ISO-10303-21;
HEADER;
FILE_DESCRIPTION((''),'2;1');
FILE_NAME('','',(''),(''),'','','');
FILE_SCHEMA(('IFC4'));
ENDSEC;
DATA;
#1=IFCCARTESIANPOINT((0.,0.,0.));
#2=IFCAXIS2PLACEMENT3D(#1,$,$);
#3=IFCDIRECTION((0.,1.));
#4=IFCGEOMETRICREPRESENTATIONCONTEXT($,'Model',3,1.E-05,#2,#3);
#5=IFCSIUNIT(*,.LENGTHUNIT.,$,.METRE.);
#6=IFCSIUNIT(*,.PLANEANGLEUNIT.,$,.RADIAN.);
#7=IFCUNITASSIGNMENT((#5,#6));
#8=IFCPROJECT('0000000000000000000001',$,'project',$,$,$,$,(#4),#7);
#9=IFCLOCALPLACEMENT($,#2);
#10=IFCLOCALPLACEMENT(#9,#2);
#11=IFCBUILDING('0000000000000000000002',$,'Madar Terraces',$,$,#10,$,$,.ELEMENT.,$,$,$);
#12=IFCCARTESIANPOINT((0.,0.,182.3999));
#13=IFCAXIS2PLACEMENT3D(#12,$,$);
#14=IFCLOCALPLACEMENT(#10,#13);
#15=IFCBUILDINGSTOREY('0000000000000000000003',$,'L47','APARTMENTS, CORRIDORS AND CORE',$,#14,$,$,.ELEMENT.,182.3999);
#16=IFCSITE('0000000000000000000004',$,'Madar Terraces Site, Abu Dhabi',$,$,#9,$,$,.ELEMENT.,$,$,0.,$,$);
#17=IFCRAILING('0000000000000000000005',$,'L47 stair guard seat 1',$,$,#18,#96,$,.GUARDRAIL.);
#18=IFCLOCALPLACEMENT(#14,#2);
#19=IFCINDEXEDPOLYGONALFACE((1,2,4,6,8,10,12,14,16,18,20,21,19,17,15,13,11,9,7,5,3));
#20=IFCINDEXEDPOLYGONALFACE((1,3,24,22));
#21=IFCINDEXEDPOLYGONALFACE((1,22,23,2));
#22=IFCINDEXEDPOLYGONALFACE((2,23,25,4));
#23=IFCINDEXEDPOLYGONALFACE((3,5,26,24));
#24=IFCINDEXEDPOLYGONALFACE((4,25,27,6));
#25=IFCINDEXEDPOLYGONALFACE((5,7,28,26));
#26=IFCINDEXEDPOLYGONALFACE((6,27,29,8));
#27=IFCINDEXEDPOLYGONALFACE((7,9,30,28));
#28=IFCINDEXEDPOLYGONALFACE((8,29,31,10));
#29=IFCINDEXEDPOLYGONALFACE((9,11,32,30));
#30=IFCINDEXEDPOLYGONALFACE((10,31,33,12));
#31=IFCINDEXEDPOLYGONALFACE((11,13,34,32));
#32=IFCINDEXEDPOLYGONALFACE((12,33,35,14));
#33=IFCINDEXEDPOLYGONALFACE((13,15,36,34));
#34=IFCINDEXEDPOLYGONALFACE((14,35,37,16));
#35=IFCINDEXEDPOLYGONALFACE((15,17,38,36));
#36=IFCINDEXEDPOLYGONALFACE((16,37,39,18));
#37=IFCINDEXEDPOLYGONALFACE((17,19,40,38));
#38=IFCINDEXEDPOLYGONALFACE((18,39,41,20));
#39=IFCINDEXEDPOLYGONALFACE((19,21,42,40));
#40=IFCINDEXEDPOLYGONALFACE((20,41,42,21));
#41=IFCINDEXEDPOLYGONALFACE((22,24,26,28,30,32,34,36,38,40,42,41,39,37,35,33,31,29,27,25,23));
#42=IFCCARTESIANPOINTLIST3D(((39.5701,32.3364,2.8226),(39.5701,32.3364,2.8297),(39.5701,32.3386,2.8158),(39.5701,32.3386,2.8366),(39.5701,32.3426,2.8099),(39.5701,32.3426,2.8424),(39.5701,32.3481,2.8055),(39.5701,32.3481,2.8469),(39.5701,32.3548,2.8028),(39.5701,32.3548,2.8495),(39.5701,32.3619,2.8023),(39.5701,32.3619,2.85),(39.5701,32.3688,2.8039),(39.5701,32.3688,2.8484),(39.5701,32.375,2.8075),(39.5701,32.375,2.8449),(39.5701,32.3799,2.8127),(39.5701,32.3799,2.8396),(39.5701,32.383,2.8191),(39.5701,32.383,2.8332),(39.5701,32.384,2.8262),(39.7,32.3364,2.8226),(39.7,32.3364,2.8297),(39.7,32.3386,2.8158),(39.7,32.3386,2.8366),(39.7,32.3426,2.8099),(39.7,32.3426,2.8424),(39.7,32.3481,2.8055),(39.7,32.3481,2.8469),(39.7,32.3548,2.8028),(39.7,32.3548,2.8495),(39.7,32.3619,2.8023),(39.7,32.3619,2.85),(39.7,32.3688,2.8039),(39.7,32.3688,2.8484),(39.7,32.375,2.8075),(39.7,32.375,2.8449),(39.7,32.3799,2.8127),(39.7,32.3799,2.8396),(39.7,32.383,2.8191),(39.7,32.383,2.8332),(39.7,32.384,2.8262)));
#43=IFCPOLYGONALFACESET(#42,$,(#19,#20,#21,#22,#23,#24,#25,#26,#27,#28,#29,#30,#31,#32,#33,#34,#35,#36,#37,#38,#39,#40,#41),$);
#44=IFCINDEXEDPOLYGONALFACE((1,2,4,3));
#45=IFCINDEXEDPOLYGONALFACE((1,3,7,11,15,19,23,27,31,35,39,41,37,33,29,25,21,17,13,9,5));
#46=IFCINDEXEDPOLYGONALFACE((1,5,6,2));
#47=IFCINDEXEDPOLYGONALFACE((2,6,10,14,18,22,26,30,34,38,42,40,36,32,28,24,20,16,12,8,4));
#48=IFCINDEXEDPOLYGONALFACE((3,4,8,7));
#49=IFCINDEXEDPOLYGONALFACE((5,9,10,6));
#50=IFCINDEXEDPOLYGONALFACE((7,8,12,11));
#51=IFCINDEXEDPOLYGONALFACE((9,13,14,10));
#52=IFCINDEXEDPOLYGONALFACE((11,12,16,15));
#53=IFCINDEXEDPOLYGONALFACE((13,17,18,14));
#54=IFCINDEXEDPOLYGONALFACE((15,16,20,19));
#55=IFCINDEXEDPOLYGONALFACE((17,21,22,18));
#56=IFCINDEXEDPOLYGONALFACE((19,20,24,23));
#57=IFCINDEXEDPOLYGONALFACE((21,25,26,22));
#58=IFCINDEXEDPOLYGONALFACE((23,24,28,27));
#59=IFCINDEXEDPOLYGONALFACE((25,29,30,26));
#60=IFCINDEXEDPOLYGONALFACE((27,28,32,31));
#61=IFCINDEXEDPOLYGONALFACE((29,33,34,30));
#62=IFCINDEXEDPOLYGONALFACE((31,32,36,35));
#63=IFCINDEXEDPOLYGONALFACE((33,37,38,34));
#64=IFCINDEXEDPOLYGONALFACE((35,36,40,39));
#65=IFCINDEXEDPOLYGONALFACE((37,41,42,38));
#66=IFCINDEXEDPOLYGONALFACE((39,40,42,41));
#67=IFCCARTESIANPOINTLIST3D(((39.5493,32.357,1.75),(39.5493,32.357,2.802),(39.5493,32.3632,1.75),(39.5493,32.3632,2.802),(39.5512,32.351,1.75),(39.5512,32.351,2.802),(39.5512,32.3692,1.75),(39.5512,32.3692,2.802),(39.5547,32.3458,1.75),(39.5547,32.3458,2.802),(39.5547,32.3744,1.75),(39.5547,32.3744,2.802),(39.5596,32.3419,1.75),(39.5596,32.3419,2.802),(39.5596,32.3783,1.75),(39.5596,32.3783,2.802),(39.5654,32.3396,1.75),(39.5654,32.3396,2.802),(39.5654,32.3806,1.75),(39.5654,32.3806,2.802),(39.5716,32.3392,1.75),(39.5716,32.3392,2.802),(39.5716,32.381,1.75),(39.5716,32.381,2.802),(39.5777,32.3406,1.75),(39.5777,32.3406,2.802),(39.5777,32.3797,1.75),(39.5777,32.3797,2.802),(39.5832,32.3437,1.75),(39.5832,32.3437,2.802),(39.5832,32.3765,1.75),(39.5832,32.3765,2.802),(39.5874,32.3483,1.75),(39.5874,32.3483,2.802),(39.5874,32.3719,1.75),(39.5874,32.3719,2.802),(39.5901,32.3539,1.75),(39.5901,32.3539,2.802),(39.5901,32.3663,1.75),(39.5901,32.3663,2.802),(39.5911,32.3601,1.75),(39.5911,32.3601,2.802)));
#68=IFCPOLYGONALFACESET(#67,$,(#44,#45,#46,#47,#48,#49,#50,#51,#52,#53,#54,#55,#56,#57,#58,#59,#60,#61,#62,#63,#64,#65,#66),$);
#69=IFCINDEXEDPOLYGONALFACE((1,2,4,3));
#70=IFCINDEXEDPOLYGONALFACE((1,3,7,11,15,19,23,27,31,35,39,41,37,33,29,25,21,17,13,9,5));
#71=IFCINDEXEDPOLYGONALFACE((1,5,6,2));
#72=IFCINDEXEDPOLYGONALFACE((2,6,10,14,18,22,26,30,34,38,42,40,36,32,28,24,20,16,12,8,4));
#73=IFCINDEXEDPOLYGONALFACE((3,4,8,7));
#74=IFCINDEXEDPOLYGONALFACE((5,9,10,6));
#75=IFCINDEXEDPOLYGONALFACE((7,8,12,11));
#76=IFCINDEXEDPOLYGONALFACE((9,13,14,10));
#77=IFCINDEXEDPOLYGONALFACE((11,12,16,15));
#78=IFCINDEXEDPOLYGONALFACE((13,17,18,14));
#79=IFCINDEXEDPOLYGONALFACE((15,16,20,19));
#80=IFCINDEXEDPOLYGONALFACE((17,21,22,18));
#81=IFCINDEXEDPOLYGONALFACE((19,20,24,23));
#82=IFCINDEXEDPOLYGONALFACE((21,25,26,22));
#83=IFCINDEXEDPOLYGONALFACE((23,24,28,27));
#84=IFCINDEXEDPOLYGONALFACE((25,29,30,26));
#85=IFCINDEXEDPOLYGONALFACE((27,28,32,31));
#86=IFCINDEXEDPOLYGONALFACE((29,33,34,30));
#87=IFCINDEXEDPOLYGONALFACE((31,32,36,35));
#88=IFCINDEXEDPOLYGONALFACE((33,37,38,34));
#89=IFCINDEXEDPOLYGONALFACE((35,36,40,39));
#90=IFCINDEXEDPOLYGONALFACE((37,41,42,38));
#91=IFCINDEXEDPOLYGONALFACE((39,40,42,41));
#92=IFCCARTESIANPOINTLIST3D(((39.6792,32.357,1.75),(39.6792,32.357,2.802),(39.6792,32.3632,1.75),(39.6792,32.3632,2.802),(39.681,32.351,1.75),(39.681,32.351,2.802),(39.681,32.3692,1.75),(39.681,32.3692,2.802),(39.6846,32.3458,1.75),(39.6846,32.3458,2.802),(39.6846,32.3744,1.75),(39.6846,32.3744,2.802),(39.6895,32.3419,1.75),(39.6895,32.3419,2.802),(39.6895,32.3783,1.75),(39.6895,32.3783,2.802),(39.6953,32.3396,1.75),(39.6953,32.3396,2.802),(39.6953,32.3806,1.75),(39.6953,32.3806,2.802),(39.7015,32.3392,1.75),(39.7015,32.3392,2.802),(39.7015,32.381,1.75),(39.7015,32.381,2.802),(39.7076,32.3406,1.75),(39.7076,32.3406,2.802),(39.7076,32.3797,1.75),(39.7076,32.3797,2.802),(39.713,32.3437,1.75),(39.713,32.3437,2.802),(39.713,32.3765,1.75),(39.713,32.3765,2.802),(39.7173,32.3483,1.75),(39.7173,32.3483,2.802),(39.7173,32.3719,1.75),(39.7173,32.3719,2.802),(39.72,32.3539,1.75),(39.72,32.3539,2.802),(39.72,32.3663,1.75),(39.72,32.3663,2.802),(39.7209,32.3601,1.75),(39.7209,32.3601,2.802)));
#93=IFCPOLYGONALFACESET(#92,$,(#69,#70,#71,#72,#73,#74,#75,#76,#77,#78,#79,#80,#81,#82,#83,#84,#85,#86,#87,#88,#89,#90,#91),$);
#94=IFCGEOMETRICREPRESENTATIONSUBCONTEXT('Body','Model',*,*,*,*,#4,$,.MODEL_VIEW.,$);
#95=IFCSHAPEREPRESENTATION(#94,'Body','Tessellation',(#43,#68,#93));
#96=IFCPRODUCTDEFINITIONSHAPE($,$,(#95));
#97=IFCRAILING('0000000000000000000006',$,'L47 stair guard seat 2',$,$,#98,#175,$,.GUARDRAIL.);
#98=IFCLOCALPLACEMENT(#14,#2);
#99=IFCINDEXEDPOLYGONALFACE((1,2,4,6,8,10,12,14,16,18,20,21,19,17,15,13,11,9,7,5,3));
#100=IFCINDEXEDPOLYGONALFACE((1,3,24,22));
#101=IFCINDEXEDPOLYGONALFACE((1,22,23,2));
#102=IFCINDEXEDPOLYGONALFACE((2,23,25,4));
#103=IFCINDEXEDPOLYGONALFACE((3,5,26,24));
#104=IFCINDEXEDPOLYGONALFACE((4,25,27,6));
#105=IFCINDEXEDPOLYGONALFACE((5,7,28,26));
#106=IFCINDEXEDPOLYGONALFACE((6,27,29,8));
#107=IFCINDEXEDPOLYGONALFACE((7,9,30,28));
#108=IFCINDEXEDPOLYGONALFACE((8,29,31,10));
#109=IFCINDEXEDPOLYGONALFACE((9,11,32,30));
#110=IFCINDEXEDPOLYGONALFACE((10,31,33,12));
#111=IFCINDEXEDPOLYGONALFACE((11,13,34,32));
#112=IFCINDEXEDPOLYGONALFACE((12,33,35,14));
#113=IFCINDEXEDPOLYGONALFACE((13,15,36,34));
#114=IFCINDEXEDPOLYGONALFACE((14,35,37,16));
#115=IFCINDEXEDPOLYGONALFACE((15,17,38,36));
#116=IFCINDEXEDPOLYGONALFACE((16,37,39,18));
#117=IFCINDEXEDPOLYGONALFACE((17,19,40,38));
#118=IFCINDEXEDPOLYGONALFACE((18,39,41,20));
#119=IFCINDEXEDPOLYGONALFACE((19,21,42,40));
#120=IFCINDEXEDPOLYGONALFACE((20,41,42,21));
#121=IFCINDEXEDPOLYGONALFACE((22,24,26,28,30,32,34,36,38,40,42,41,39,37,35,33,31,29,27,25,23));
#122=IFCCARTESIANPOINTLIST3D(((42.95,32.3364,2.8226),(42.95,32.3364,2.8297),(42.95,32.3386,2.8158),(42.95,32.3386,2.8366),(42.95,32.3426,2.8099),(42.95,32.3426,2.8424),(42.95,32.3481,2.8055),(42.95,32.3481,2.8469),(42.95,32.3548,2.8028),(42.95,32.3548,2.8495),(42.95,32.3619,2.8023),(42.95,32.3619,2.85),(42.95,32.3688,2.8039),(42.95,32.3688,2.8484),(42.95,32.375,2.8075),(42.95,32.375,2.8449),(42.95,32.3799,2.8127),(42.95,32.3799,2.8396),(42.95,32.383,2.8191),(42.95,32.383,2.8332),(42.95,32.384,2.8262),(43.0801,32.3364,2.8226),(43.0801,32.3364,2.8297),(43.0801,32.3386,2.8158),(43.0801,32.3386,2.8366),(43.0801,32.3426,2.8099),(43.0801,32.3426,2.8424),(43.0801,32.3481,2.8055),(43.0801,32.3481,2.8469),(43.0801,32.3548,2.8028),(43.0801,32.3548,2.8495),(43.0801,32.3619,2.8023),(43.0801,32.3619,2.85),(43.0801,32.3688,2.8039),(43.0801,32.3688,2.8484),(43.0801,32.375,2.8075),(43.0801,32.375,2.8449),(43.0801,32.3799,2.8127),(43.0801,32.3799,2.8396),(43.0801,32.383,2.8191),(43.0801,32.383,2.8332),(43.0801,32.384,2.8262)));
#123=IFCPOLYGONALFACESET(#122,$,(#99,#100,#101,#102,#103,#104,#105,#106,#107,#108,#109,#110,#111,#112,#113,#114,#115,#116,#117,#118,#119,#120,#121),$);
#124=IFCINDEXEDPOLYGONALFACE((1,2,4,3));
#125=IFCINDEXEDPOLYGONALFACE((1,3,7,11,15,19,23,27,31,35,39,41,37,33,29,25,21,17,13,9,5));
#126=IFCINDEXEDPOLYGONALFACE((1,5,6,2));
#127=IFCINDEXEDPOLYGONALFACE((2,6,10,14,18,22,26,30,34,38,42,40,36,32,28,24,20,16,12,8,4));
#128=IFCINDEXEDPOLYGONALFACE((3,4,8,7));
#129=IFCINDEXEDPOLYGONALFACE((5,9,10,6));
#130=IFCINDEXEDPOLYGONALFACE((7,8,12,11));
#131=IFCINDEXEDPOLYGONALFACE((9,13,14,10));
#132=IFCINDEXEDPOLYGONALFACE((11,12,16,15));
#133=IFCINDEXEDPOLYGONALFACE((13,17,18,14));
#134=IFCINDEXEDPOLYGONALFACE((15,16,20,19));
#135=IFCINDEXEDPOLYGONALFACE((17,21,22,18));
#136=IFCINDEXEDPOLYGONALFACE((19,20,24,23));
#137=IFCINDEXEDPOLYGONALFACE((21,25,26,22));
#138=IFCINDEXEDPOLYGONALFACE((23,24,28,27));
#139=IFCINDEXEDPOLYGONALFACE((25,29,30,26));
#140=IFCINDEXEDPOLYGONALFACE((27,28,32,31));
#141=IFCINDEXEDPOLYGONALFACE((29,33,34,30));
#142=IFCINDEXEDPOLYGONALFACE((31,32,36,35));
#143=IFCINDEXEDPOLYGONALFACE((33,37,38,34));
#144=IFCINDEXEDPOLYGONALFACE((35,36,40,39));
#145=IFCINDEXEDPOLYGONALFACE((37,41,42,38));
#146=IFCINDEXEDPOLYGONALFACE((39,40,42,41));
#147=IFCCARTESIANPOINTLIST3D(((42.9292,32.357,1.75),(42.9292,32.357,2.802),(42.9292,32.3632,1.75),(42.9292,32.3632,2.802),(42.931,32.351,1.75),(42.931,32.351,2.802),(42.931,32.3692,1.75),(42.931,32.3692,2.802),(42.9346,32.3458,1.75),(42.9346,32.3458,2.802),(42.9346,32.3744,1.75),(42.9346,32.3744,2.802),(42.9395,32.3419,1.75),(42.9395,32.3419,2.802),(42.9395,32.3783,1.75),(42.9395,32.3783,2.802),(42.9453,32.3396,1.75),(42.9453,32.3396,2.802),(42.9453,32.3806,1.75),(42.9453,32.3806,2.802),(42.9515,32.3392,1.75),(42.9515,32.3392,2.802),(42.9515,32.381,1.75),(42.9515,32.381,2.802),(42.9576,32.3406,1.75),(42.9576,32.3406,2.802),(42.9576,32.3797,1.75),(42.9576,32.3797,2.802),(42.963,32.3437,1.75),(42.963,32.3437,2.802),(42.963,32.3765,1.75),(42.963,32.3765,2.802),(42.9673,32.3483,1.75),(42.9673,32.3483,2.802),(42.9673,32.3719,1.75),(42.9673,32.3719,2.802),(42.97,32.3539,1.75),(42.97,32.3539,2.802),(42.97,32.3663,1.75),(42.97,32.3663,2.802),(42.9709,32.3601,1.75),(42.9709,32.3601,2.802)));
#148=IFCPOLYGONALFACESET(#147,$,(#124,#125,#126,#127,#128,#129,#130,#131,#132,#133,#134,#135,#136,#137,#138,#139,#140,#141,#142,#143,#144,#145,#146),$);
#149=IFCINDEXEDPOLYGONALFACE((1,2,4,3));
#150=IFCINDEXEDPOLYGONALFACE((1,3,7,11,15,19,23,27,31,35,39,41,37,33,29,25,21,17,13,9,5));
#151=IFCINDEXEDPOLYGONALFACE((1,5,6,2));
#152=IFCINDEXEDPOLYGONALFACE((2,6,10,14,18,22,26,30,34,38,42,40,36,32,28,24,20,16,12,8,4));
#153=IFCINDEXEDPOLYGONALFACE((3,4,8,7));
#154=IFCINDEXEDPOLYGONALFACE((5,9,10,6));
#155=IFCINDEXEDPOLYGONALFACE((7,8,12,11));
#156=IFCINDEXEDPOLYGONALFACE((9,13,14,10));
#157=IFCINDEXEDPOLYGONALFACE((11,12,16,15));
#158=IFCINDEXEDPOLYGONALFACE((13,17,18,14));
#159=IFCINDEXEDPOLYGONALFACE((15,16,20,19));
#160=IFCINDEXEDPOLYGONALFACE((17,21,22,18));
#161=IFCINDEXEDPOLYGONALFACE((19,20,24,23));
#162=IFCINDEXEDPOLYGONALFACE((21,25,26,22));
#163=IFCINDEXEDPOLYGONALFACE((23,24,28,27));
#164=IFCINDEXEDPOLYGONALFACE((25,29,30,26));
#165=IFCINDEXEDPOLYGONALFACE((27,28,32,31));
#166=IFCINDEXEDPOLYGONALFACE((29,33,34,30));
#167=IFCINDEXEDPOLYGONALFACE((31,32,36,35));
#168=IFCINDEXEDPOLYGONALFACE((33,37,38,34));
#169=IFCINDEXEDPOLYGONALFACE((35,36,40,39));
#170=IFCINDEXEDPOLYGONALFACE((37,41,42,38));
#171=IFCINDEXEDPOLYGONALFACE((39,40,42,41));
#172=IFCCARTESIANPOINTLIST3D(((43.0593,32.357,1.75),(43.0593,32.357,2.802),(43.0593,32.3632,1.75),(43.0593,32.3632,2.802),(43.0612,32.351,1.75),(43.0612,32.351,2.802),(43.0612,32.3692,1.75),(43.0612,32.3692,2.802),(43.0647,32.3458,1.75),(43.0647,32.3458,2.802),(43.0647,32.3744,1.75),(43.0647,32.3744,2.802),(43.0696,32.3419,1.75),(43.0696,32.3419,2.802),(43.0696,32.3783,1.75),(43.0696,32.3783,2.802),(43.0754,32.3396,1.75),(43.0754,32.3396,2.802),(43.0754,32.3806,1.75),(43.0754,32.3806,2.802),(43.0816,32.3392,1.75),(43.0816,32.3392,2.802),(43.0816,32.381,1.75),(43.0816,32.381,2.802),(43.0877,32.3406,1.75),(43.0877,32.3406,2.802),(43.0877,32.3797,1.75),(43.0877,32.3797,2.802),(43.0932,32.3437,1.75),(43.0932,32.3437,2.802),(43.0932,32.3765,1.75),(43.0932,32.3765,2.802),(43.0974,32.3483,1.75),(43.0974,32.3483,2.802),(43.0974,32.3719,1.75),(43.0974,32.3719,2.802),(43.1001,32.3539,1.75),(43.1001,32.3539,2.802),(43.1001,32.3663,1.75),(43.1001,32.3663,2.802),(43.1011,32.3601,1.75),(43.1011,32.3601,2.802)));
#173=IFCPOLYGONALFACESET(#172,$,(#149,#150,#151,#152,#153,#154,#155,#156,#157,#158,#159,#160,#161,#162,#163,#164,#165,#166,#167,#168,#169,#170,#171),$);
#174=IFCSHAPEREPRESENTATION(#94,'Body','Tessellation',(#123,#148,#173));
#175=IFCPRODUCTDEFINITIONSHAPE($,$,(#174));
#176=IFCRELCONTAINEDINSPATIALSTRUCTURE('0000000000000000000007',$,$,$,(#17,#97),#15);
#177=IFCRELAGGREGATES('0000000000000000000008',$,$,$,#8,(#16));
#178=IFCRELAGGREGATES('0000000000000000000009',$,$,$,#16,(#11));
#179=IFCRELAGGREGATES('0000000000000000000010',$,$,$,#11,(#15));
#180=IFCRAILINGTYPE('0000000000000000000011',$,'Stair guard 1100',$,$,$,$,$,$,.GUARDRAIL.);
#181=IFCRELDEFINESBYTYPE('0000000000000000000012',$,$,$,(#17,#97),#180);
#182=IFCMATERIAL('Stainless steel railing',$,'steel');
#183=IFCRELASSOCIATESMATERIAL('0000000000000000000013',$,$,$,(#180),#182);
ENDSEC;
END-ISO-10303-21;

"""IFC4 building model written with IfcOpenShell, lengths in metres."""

from ifc_helpers import new_model, si_unit, direction, frame, origin, origin_2d, place, context, subcontext, project, spatial, circle, extrude, material, type_object, element, save


model = new_model("IFC4")

# Units and contexts
model_context = context("Model", 3, precision=1e-05, world=origin(), true_north=direction((0.0, 1.0)))
body_context = subcontext(model_context, "Body", "Model", "MODEL_VIEW")
ifc_project = project(units=[si_unit("LENGTHUNIT", "METRE"), si_unit("PLANEANGLEUNIT", "RADIAN")], contexts=[model_context])

# Site, building, storey
site_placement = place(None, origin())
site = spatial("IfcSite", under=ifc_project, at=site_placement, Name="Madar Terraces Site, Abu Dhabi", CompositionType="ELEMENT", RefElevation=0.0)
building_placement = place(site_placement, origin())
building = spatial("IfcBuilding", under=site, at=building_placement, Name="Madar Terraces", CompositionType="ELEMENT")
storey_placement = place(building_placement, frame((0.0, 0.0, 182.3999)))
storey = spatial("IfcBuildingStorey", under=building, at=storey_placement, Name="L47", Description="APARTMENTS, CORRIDORS AND CORE", CompositionType="ELEMENT", Elevation=182.3999)

# Railings
ifc_material_1 = material(Name="Stainless steel railing", Category="steel")
railing_type_1 = type_object("IfcRailingType", Name="Stair guard 1100", PredefinedType="GUARDRAIL", material=ifc_material_1)
railing_1_placement = place(storey_placement, frame((39.5701, 32.3601, 1.75)))
element("IfcRailing", 1, at=railing_1_placement, inside=storey, type_object=railing_type_1, Name="L47 stair guard seat 1", PredefinedType="GUARDRAIL", context=body_context, shape_type="SweptSolid", body=[
    extrude(circle(Radius=0.0239, at=origin_2d()), frame((0.0, 0.0, 1.0762), z_axis=(1.0, 0.0, 0.0), x_axis=(0.0, 1.0, 0.0)), (0.0, 0.0, 1.0), 0.1299),
    extrude(circle(Radius=0.021, at=origin_2d()), origin(), (0.0, 0.0, 1.0), 1.052),
    extrude(circle(Radius=0.021, at=origin_2d()), frame((0.1299, 0.0, 0.0)), (0.0, 0.0, 1.0), 1.052),
])
railing_2_placement = place(storey_placement, frame((42.95, 32.3601, 1.75)))
element("IfcRailing", 2, at=railing_2_placement, inside=storey, type_object=railing_type_1, Name="L47 stair guard seat 2", PredefinedType="GUARDRAIL", context=body_context, shape_type="SweptSolid", body=[
    extrude(circle(Radius=0.0239, at=origin_2d()), frame((0.0, 0.0, 1.0762), z_axis=(1.0, 0.0, 0.0), x_axis=(0.0, 1.0, 0.0)), (0.0, 0.0, 1.0), 0.1301),
    extrude(circle(Radius=0.021, at=origin_2d()), origin(), (0.0, 0.0, 1.0), 1.052),
    extrude(circle(Radius=0.021, at=origin_2d()), frame((0.1301, 0.0, 0.0)), (0.0, 0.0, 1.0), 1.052),
])

save(model, "model.ifc")
